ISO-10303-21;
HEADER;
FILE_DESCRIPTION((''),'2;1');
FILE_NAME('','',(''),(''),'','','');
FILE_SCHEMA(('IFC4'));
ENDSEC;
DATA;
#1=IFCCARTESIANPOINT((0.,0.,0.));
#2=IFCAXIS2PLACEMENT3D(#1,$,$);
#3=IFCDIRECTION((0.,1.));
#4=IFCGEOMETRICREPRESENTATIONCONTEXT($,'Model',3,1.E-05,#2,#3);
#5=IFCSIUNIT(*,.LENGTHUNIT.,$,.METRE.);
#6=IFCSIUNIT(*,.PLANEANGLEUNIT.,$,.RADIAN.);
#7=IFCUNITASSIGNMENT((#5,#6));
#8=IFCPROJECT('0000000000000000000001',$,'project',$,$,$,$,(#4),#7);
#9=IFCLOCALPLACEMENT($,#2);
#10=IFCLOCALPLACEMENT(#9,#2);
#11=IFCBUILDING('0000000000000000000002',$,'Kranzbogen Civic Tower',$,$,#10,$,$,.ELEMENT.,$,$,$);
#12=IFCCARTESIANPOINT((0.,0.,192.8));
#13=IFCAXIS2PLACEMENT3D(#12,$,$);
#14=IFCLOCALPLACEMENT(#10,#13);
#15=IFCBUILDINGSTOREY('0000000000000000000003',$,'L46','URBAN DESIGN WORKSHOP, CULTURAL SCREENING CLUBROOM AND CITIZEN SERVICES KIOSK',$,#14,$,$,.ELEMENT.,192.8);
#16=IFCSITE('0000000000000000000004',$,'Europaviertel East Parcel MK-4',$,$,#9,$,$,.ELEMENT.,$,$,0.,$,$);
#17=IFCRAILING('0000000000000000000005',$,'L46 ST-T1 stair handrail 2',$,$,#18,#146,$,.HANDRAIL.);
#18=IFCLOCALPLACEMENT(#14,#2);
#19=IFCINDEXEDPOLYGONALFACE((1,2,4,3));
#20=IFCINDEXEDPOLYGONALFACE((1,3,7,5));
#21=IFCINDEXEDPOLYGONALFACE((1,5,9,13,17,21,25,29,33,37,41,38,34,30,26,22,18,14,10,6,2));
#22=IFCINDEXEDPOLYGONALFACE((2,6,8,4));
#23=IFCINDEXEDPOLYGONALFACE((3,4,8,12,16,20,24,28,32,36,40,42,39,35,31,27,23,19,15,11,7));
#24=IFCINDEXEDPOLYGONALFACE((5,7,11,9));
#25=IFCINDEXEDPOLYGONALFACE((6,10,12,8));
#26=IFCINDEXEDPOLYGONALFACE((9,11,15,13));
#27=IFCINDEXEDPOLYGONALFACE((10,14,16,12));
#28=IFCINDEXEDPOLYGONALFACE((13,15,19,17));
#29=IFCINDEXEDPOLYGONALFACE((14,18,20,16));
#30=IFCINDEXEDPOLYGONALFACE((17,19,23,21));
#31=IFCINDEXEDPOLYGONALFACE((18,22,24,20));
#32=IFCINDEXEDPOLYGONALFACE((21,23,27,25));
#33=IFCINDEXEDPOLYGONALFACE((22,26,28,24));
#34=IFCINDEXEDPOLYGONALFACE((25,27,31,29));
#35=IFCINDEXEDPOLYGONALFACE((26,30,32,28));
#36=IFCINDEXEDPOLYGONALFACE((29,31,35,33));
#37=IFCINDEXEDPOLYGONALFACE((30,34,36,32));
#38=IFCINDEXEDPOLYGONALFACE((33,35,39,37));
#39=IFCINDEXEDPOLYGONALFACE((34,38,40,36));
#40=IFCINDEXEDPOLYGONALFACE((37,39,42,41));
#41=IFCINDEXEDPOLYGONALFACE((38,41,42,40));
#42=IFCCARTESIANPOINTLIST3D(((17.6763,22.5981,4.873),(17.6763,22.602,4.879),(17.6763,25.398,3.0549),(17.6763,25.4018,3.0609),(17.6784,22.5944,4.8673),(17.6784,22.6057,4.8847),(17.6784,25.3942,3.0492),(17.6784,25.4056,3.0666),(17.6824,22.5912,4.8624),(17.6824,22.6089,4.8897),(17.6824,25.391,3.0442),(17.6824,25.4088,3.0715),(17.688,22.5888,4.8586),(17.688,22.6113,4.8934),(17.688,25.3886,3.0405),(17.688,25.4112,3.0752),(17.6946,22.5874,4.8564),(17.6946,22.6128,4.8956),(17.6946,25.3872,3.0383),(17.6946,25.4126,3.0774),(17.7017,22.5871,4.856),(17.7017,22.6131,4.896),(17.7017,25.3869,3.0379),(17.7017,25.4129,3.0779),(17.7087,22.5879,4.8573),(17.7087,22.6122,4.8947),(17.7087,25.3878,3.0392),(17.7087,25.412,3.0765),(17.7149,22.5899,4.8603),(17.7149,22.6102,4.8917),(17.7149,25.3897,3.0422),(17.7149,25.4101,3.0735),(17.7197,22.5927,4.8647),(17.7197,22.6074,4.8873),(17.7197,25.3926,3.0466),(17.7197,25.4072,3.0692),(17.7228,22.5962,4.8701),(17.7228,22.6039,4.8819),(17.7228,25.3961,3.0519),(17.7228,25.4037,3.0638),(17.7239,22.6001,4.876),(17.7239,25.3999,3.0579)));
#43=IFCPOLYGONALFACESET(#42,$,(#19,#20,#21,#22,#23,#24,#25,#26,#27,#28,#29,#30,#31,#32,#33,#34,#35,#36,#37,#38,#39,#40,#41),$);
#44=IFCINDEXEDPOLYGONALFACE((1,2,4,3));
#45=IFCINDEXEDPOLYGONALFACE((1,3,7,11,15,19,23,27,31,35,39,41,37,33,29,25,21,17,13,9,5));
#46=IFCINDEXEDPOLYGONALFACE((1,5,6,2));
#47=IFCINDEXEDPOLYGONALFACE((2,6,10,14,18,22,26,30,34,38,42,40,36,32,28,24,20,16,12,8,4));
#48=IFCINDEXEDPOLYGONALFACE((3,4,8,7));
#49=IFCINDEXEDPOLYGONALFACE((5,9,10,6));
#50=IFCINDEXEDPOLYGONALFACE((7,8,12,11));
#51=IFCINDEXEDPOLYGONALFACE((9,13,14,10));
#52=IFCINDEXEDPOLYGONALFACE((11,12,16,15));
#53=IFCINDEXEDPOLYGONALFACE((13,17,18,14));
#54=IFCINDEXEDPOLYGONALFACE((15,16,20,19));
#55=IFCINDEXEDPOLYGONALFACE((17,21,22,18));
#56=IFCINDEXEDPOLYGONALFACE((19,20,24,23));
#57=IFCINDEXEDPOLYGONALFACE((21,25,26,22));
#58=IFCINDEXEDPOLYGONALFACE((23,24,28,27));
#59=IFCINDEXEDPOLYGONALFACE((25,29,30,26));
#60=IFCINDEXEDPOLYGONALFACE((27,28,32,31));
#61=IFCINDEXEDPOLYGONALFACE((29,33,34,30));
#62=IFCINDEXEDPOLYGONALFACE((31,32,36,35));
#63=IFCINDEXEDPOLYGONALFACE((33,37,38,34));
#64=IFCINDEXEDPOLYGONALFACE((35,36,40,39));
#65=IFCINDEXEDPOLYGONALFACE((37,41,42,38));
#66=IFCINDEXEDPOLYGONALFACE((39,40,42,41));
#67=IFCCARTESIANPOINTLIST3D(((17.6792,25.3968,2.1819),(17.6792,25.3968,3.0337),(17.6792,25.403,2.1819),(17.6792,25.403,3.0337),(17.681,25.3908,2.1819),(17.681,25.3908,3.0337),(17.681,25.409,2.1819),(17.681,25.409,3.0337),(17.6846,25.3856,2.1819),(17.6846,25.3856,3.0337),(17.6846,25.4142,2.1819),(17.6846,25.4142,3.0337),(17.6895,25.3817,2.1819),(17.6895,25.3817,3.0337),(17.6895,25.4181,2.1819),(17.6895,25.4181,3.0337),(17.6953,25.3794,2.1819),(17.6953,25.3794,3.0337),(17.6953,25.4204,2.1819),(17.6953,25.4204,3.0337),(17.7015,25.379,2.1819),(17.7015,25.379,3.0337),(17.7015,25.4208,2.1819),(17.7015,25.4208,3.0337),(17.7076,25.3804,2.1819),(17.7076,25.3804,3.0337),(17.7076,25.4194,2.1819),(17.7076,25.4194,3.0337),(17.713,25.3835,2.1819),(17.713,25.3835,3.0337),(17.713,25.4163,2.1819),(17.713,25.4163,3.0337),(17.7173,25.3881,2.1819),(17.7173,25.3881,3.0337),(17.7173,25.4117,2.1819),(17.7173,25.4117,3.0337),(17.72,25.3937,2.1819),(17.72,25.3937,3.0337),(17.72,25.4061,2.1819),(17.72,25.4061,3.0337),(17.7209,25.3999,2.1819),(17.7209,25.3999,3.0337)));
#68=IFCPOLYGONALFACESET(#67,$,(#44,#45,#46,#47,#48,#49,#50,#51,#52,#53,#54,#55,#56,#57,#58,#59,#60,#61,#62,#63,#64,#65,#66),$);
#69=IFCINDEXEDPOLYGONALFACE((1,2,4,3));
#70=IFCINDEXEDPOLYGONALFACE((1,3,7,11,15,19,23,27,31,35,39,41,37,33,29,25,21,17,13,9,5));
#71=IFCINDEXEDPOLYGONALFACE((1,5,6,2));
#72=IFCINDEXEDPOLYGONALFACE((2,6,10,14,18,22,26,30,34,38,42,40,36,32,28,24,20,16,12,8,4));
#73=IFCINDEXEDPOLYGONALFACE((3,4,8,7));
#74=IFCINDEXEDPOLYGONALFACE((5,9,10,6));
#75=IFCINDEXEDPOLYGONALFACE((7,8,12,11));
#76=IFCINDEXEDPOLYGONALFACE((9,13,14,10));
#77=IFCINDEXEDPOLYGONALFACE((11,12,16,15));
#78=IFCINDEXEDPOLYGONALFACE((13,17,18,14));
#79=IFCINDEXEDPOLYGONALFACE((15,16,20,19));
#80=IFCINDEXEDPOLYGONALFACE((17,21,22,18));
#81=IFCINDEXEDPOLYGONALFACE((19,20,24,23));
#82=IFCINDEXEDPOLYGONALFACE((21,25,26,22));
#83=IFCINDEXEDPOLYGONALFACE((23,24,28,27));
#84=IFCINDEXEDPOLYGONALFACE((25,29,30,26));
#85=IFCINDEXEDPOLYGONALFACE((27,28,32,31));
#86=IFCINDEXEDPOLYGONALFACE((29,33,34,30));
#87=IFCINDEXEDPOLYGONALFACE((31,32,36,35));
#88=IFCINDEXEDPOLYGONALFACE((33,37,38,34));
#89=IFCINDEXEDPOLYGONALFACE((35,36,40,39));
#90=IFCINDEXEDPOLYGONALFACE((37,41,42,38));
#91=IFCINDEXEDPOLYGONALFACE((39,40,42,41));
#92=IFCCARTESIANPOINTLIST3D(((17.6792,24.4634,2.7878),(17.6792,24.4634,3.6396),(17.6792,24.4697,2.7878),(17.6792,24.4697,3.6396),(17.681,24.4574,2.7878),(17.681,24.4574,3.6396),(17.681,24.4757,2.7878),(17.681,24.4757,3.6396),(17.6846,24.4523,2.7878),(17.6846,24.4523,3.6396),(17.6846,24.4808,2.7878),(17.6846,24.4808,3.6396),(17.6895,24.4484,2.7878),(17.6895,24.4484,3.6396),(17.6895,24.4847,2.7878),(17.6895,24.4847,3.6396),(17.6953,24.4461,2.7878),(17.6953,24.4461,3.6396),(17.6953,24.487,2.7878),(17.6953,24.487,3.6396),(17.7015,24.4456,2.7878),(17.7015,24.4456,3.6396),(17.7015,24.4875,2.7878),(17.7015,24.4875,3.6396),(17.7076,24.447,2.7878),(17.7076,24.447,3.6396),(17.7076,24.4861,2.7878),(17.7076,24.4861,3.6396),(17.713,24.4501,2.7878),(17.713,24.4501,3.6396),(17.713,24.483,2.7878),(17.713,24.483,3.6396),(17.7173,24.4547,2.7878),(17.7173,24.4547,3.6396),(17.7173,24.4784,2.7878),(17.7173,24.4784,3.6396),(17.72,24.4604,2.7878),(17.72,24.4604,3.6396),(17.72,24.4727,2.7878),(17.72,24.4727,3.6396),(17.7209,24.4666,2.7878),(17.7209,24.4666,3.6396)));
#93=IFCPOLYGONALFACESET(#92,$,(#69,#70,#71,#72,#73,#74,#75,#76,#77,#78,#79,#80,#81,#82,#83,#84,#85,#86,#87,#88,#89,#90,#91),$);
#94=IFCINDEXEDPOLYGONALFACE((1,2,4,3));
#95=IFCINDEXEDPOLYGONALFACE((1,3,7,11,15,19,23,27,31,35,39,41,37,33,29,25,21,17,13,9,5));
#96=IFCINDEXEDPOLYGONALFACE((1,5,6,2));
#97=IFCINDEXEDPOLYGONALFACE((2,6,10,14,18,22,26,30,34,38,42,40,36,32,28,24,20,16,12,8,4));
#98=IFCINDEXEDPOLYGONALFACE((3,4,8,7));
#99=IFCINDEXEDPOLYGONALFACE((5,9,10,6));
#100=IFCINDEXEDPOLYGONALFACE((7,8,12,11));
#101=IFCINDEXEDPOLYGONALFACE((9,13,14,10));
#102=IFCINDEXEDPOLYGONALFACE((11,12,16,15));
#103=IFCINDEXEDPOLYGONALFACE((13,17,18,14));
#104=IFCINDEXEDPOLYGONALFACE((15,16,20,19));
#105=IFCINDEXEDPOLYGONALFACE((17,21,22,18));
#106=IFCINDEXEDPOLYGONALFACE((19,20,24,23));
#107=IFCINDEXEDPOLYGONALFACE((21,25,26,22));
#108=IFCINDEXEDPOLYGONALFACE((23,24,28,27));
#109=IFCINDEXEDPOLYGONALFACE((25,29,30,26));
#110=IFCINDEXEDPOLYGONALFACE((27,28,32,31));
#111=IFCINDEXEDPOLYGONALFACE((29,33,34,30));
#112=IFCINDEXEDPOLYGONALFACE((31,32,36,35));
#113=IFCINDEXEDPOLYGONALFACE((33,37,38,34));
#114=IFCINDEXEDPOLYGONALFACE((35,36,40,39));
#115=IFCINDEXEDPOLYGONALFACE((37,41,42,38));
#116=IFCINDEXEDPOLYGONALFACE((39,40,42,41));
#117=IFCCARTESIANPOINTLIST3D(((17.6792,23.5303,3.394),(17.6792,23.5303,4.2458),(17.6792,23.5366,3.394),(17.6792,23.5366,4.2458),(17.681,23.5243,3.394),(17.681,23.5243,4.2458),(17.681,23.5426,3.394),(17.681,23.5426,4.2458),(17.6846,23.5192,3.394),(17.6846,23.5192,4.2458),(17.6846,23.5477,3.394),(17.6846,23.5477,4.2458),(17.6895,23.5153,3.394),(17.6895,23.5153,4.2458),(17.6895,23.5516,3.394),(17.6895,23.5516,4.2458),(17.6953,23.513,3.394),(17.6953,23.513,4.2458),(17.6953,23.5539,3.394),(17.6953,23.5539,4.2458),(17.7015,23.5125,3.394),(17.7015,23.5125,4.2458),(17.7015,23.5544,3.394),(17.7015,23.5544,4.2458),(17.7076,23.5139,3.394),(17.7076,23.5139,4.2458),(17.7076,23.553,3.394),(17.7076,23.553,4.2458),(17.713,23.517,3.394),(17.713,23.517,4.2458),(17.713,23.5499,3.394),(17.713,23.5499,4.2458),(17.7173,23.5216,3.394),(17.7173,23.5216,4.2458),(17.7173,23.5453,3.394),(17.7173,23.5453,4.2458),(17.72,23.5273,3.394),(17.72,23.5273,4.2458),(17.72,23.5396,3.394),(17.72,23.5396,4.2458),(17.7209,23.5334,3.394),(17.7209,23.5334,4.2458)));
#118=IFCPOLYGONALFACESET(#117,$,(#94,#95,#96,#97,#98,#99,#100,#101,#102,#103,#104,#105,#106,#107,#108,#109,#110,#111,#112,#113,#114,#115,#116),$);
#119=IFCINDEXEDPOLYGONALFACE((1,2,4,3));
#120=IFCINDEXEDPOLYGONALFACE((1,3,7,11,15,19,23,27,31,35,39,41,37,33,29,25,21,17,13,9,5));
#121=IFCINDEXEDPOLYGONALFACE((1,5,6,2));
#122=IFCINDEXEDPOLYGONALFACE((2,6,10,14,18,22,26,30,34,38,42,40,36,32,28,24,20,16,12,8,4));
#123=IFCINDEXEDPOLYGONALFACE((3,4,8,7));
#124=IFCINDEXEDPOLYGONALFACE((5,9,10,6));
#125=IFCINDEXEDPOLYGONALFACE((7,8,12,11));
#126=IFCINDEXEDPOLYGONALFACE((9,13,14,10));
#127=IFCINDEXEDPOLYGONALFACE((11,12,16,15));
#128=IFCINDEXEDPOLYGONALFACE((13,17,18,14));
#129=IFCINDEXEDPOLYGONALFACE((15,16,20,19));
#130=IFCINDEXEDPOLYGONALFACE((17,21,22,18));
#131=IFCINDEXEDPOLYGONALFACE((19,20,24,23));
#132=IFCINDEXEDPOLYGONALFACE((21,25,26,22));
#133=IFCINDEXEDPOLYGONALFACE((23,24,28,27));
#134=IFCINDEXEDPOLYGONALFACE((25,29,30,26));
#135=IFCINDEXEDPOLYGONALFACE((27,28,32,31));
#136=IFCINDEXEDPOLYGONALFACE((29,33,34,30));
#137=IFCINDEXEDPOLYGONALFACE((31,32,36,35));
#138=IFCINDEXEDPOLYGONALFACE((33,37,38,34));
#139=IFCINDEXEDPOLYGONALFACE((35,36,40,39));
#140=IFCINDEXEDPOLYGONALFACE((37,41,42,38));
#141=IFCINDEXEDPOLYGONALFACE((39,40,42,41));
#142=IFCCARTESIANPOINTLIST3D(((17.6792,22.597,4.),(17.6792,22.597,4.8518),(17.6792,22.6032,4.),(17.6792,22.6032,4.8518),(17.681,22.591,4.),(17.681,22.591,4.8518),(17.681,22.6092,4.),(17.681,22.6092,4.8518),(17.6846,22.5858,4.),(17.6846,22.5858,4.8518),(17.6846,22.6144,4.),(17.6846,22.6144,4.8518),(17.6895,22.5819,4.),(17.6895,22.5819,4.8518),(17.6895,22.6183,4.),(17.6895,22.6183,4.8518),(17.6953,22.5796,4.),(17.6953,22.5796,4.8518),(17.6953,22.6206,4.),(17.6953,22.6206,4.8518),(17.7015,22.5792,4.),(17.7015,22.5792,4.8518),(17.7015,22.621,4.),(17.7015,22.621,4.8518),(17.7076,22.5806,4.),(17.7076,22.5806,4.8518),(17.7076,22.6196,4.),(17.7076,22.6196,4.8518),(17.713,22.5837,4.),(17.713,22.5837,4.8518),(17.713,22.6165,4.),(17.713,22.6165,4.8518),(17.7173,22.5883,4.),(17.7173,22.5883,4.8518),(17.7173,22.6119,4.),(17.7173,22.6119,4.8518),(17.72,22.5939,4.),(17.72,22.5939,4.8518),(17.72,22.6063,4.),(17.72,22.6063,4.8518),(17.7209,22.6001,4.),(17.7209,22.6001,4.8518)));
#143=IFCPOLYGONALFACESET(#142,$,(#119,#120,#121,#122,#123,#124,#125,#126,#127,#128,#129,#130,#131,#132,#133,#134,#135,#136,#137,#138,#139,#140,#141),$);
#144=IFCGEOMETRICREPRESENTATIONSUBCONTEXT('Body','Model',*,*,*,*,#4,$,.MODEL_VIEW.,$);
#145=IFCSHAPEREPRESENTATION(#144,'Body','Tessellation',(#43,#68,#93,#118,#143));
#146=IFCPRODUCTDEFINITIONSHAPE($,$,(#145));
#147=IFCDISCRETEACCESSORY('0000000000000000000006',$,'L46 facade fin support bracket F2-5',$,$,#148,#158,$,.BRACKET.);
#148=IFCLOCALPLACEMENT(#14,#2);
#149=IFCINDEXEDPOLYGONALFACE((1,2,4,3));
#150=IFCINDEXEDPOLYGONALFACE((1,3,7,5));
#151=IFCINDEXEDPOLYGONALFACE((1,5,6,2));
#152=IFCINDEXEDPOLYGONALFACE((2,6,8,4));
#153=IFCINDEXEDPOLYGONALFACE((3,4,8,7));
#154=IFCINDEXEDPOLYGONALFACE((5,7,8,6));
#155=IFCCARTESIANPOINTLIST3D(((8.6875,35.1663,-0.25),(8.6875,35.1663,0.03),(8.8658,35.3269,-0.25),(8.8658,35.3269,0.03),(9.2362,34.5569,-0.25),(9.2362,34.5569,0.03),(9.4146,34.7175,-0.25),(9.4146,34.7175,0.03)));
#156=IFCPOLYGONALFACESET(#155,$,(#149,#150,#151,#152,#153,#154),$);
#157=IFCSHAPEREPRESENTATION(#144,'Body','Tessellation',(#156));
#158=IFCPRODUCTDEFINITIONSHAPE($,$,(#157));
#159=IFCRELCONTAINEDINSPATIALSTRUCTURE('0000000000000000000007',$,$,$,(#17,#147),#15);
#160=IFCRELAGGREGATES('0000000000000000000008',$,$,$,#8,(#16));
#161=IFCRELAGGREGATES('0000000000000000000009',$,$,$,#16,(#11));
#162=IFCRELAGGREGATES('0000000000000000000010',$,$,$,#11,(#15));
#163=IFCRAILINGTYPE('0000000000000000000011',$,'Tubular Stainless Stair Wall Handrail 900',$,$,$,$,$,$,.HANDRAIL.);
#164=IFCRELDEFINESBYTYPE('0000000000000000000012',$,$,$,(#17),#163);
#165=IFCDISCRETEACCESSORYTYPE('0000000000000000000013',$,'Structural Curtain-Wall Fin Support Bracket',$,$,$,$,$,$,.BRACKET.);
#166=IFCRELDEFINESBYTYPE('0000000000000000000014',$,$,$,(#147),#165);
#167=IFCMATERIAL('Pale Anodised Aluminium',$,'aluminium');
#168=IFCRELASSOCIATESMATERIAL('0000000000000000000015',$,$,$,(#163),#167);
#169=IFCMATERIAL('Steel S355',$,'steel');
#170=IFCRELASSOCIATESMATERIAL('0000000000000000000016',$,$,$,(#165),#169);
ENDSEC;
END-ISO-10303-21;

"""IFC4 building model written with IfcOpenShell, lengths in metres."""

from ifc_helpers import new_model, si_unit, direction, frame, origin, origin_2d, place, context, subcontext, project, spatial, rectangle, circle, extrude, material, type_object, element, save


model = new_model("IFC4")

# Units and contexts
model_context = context("Model", 3, precision=1e-05, world=origin(), true_north=direction((0.0, 1.0)))
body_context = subcontext(model_context, "Body", "Model", "MODEL_VIEW")
ifc_project = project(units=[si_unit("LENGTHUNIT", "METRE"), si_unit("PLANEANGLEUNIT", "RADIAN")], contexts=[model_context])

# Site, building, storey
site_placement = place(None, origin())
site = spatial("IfcSite", under=ifc_project, at=site_placement, Name="Europaviertel East Parcel MK-4", CompositionType="ELEMENT", RefElevation=0.0)
building_placement = place(site_placement, origin())
building = spatial("IfcBuilding", under=site, at=building_placement, Name="Kranzbogen Civic Tower", CompositionType="ELEMENT")
storey_placement = place(building_placement, frame((0.0, 0.0, 192.8)))
storey = spatial("IfcBuildingStorey", under=building, at=storey_placement, Name="L46", Description="URBAN DESIGN WORKSHOP, CULTURAL SCREENING CLUBROOM AND CITIZEN SERVICES KIOSK", CompositionType="ELEMENT", Elevation=192.8)

# Shared definitions
ifc_material_1 = material(Name="Steel S355", Category="steel")

# Shared definitions
ifc_material_2 = material(Name="Pale Anodised Aluminium", Category="aluminium")

# Railing
railing_type_1 = type_object("IfcRailingType", Name="Tubular Stainless Stair Wall Handrail 900", PredefinedType="HANDRAIL", material=ifc_material_2)
railing_1_placement = place(storey_placement, frame((17.7, 25.3999, 2.1819)))
element("IfcRailing", 1, at=railing_1_placement, inside=storey, type_object=railing_type_1, Name="L46 ST-T1 stair handrail 2", PredefinedType="HANDRAIL", context=body_context, shape_type="SweptSolid", body=[
    extrude(circle(Radius=0.0239, at=origin_2d()), frame((0.0, 0.0, 0.876), z_axis=(0.0, -0.838684, 0.544618), x_axis=(1.0, 0.0, 0.0)), (0.0, 0.0, 1.0), 3.3384),
    extrude(circle(Radius=0.021, at=origin_2d()), origin(), (0.0, 0.0, 1.0), 0.8518),
    extrude(circle(Radius=0.021, at=origin_2d()), frame((0.0, -0.9333, 0.606)), (0.0, 0.0, 1.0), 0.8518),
    extrude(circle(Radius=0.021, at=origin_2d()), frame((0.0, -1.8665, 1.2122)), (0.0, 0.0, 1.0), 0.8518),
    extrude(circle(Radius=0.021, at=origin_2d()), frame((0.0, -2.7998, 1.8181)), (0.0, 0.0, 1.0), 0.8518),
])

# Discrete accessory
discrete_accessory_type = type_object("IfcDiscreteAccessoryType", Name="Structural Curtain-Wall Fin Support Bracket", PredefinedType="BRACKET", material=ifc_material_1)
discrete_accessory_placement = place(storey_placement, frame((9.051, 34.9419, -0.25), z_axis=(0.0, 0.0, 1.0), x_axis=(-0.669131, 0.743145, 0.0)))
element("IfcDiscreteAccessory", 2, at=discrete_accessory_placement, inside=storey, type_object=discrete_accessory_type, Name="L46 facade fin support bracket F2-5", PredefinedType="BRACKET", context=body_context, shape_type="SweptSolid", body=[
    extrude(rectangle(XDim=0.8201, YDim=0.24, at=origin_2d()), origin(), (0.0, 0.0, 1.0), 0.28),
])

save(model, "model.ifc")
